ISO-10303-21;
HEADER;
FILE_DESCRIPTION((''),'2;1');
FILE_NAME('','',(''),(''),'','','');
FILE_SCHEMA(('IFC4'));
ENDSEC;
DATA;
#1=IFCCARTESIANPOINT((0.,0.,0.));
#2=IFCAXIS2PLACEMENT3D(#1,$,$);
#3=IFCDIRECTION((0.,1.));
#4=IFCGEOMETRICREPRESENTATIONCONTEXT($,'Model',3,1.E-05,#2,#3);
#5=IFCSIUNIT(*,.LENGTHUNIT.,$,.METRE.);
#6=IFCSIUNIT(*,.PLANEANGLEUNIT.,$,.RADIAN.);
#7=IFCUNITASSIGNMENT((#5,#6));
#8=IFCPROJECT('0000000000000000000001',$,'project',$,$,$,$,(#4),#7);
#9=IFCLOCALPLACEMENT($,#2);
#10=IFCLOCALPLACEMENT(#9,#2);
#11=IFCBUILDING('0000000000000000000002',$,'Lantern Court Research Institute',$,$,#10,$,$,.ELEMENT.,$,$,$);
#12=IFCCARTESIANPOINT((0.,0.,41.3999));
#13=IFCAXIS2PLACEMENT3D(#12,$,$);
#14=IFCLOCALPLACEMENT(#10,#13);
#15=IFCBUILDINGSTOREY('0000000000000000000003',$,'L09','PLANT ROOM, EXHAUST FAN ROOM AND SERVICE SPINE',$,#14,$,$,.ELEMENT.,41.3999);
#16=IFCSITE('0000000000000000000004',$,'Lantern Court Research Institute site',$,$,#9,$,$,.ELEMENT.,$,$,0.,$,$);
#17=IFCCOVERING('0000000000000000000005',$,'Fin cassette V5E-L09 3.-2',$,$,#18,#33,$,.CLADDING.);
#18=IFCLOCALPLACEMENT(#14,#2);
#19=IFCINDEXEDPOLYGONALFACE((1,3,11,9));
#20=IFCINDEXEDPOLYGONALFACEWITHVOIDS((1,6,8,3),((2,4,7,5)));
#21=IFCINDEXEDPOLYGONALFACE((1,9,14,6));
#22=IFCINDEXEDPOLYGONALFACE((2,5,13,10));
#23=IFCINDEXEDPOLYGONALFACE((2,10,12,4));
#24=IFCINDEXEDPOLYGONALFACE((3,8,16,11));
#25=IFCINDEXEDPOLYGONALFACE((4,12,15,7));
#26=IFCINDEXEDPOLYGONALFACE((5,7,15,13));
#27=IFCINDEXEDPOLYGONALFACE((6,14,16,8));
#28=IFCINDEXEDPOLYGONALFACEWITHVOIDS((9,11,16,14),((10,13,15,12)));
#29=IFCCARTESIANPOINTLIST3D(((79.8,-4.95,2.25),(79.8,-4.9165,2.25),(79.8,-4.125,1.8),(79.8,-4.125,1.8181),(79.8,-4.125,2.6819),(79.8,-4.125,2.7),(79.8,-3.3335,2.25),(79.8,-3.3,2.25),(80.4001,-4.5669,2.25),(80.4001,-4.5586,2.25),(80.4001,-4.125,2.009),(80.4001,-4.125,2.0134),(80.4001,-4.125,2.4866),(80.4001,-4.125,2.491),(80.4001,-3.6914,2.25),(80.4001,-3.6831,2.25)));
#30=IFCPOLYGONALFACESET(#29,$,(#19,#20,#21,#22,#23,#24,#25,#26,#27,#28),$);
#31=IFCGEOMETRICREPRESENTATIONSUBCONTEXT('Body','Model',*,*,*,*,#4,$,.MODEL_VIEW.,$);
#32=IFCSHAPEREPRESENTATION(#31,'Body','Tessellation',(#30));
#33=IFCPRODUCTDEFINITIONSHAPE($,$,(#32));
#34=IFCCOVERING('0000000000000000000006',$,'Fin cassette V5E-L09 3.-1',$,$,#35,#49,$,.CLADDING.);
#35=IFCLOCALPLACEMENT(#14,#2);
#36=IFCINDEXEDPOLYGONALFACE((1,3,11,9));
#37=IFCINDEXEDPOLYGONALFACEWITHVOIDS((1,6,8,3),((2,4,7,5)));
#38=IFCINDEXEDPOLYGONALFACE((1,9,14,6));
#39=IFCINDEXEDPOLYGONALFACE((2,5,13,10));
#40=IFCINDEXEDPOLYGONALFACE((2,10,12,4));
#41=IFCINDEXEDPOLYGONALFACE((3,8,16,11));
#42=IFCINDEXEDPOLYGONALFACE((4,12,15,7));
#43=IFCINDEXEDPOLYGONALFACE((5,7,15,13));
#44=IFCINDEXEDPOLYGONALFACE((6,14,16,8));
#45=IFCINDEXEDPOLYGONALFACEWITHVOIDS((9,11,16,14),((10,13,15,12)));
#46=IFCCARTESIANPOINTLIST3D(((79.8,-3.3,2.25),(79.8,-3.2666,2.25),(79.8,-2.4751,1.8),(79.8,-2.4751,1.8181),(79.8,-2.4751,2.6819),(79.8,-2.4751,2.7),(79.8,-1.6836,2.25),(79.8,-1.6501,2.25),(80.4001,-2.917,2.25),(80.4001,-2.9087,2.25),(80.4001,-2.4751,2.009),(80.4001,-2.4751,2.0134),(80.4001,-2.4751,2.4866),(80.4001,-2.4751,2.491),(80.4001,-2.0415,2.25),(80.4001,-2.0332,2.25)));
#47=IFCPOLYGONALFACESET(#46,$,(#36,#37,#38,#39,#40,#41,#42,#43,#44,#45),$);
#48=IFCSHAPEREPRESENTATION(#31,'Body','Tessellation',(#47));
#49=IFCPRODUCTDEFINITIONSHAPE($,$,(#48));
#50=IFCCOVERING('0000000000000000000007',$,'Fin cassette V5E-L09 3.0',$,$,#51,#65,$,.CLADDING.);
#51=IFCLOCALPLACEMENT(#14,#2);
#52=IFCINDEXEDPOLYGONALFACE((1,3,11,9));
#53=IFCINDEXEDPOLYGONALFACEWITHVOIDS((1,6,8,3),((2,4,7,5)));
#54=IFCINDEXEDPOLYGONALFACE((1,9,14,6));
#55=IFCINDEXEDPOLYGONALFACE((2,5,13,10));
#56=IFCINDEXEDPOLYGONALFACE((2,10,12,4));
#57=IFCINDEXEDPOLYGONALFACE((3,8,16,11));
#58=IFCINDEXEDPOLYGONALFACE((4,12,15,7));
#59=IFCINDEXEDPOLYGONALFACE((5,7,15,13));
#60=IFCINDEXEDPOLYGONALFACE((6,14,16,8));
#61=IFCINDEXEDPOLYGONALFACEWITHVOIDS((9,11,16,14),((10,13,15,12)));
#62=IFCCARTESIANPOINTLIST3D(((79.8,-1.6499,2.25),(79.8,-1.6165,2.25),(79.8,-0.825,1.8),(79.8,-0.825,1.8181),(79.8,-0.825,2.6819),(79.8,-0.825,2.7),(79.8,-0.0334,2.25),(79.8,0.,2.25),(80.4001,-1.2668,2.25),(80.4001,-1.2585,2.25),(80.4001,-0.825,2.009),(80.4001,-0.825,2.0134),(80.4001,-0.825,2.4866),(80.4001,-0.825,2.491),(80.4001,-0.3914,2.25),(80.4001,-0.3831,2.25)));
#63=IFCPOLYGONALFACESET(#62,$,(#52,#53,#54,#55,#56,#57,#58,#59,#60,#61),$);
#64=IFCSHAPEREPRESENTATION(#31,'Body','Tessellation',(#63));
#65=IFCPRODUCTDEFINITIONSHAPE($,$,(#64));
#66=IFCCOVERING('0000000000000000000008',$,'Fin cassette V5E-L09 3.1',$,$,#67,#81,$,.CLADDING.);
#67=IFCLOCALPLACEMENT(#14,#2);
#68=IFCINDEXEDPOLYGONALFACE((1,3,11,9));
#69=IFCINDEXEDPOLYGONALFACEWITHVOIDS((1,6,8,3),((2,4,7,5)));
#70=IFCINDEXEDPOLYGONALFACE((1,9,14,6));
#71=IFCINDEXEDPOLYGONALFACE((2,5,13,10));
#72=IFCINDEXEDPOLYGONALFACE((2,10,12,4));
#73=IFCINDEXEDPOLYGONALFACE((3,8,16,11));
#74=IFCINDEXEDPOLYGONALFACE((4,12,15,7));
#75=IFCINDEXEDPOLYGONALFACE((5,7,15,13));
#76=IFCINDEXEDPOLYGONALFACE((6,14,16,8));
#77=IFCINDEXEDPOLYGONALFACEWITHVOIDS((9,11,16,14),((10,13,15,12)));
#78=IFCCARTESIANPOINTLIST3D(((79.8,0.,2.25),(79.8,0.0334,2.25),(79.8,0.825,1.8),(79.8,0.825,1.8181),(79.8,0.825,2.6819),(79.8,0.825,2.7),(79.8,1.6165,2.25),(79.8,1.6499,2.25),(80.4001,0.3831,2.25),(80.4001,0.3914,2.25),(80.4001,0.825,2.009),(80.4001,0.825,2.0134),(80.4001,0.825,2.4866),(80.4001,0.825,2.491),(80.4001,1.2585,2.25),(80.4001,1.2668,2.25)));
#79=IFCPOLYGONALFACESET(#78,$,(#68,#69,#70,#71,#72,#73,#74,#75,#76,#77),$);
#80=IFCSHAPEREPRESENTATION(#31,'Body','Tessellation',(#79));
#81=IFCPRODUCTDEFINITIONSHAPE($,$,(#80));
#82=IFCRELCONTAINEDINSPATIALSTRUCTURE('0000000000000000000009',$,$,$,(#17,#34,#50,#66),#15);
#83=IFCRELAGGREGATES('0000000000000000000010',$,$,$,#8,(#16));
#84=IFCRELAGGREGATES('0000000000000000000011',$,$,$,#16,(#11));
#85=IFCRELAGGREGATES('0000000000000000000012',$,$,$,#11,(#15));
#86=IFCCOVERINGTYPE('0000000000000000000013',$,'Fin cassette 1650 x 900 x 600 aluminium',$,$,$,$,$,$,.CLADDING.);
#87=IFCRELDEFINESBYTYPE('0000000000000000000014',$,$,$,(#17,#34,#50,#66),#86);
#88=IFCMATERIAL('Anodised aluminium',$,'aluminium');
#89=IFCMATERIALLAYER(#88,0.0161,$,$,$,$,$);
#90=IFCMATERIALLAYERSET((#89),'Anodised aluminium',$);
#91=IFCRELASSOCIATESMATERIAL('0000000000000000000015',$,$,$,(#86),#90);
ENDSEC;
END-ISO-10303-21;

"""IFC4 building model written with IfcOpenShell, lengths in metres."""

from ifc_helpers import new_model, entity, si_unit, direction, frame, origin, place, context, subcontext, project, spatial, material, layer, layer_set, type_object, element, save


model = new_model("IFC4")

# Units and contexts
model_context = context("Model", 3, precision=1e-05, world=origin(), true_north=direction((0.0, 1.0)))
body_context = subcontext(model_context, "Body", "Model", "MODEL_VIEW")
ifc_project = project(units=[si_unit("LENGTHUNIT", "METRE"), si_unit("PLANEANGLEUNIT", "RADIAN")], contexts=[model_context])

# Site, building, storey
site_placement = place(None, origin())
site = spatial("IfcSite", under=ifc_project, at=site_placement, Name="Lantern Court Research Institute site", CompositionType="ELEMENT", RefElevation=0.0)
building_placement = place(site_placement, origin())
building = spatial("IfcBuilding", under=site, at=building_placement, Name="Lantern Court Research Institute", CompositionType="ELEMENT")
storey_placement = place(building_placement, frame((0.0, 0.0, 41.3999)))
storey = spatial("IfcBuildingStorey", under=building, at=storey_placement, Name="L09", Description="PLANT ROOM, EXHAUST FAN ROOM AND SERVICE SPINE", CompositionType="ELEMENT", Elevation=41.3999)

# Coverings
ifc_material_1 = material(Name="Anodised aluminium", Category="aluminium")
ifc_layer_1 = layer(ifc_material_1, 0.0161)
ifc_layer_set_1 = layer_set([ifc_layer_1], Name="Anodised aluminium")
covering_type = type_object("IfcCoveringType", Name="Fin cassette 1650 x 900 x 600 aluminium", PredefinedType="CLADDING", material=ifc_layer_set_1)
covering_1_placement = place(storey_placement, frame((79.8, -4.125, 2.25), z_axis=(1.0, 0.0, 0.0), x_axis=(0.0, 1.0, 0.0)))
cartesian_point_1 = entity("IfcCartesianPoint", [0.825, 0.0])
cartesian_point_2 = entity("IfcCartesianPoint", [0.7915, 0.0])
cartesian_point_3 = entity("IfcCartesianPoint", [0.4419, 0.0])
cartesian_point_4 = entity("IfcCartesianPoint", [0.4336, 0.0])
element("IfcCovering", 1, at=covering_1_placement, inside=storey, type_object=covering_type, Name="Fin cassette V5E-L09 3.-2", PredefinedType="CLADDING", context=body_context, shape_type="SweptSolid", body=[
    entity("IfcExtrudedAreaSolidTapered", entity("IfcArbitraryProfileDefWithVoids", "AREA", None, entity("IfcPolyline", [cartesian_point_1, entity("IfcCartesianPoint", [0.0, 0.45]), entity("IfcCartesianPoint", [-0.825, 0.0]), entity("IfcCartesianPoint", [0.0, -0.45]), cartesian_point_1]), [entity("IfcPolyline", [cartesian_point_2, entity("IfcCartesianPoint", [0.0, 0.4319]), entity("IfcCartesianPoint", [-0.7915, 0.0]), entity("IfcCartesianPoint", [0.0, -0.4319]), cartesian_point_2])]), entity("IfcAxis2Placement3D", entity("IfcCartesianPoint", [0.0, 0.0, 0.0])), entity("IfcDirection", [0.0, 0.0, 1.0]), 0.6001, entity("IfcArbitraryProfileDefWithVoids", "AREA", None, entity("IfcPolyline", [cartesian_point_3, entity("IfcCartesianPoint", [0.0, 0.241]), entity("IfcCartesianPoint", [-0.4419, 0.0]), entity("IfcCartesianPoint", [0.0, -0.241]), cartesian_point_3]), [entity("IfcPolyline", [cartesian_point_4, entity("IfcCartesianPoint", [0.0, 0.2366]), entity("IfcCartesianPoint", [-0.4336, 0.0]), entity("IfcCartesianPoint", [0.0, -0.2366]), cartesian_point_4])])),
])
covering_2_placement = place(storey_placement, frame((79.8, -2.4751, 2.25), z_axis=(1.0, 0.0, 0.0), x_axis=(0.0, 1.0, 0.0)))
cartesian_point_5 = entity("IfcCartesianPoint", [0.825, 0.0])
cartesian_point_6 = entity("IfcCartesianPoint", [0.7915, 0.0])
cartesian_point_7 = entity("IfcCartesianPoint", [0.4419, 0.0])
cartesian_point_8 = entity("IfcCartesianPoint", [0.4336, 0.0])
element("IfcCovering", 2, at=covering_2_placement, inside=storey, type_object=covering_type, Name="Fin cassette V5E-L09 3.-1", PredefinedType="CLADDING", context=body_context, shape_type="SweptSolid", body=[
    entity("IfcExtrudedAreaSolidTapered", entity("IfcArbitraryProfileDefWithVoids", "AREA", None, entity("IfcPolyline", [cartesian_point_5, entity("IfcCartesianPoint", [0.0, 0.45]), entity("IfcCartesianPoint", [-0.825, 0.0]), entity("IfcCartesianPoint", [0.0, -0.45]), cartesian_point_5]), [entity("IfcPolyline", [cartesian_point_6, entity("IfcCartesianPoint", [0.0, 0.4319]), entity("IfcCartesianPoint", [-0.7915, 0.0]), entity("IfcCartesianPoint", [0.0, -0.4319]), cartesian_point_6])]), entity("IfcAxis2Placement3D", entity("IfcCartesianPoint", [0.0, 0.0, 0.0])), entity("IfcDirection", [0.0, 0.0, 1.0]), 0.6001, entity("IfcArbitraryProfileDefWithVoids", "AREA", None, entity("IfcPolyline", [cartesian_point_7, entity("IfcCartesianPoint", [0.0, 0.241]), entity("IfcCartesianPoint", [-0.4419, 0.0]), entity("IfcCartesianPoint", [0.0, -0.241]), cartesian_point_7]), [entity("IfcPolyline", [cartesian_point_8, entity("IfcCartesianPoint", [0.0, 0.2366]), entity("IfcCartesianPoint", [-0.4336, 0.0]), entity("IfcCartesianPoint", [0.0, -0.2366]), cartesian_point_8])])),
])
covering_3_placement = place(storey_placement, frame((79.8, -0.825, 2.25), z_axis=(1.0, 0.0, 0.0), x_axis=(0.0, 1.0, 0.0)))
cartesian_point_9 = entity("IfcCartesianPoint", [0.825, 0.0])
cartesian_point_10 = entity("IfcCartesianPoint", [0.7915, 0.0])
cartesian_point_11 = entity("IfcCartesianPoint", [0.4419, 0.0])
cartesian_point_12 = entity("IfcCartesianPoint", [0.4336, 0.0])
element("IfcCovering", 3, at=covering_3_placement, inside=storey, type_object=covering_type, Name="Fin cassette V5E-L09 3.0", PredefinedType="CLADDING", context=body_context, shape_type="SweptSolid", body=[
    entity("IfcExtrudedAreaSolidTapered", entity("IfcArbitraryProfileDefWithVoids", "AREA", None, entity("IfcPolyline", [cartesian_point_9, entity("IfcCartesianPoint", [0.0, 0.45]), entity("IfcCartesianPoint", [-0.825, 0.0]), entity("IfcCartesianPoint", [0.0, -0.45]), cartesian_point_9]), [entity("IfcPolyline", [cartesian_point_10, entity("IfcCartesianPoint", [0.0, 0.4319]), entity("IfcCartesianPoint", [-0.7915, 0.0]), entity("IfcCartesianPoint", [0.0, -0.4319]), cartesian_point_10])]), entity("IfcAxis2Placement3D", entity("IfcCartesianPoint", [0.0, 0.0, 0.0])), entity("IfcDirection", [0.0, 0.0, 1.0]), 0.6001, entity("IfcArbitraryProfileDefWithVoids", "AREA", None, entity("IfcPolyline", [cartesian_point_11, entity("IfcCartesianPoint", [0.0, 0.241]), entity("IfcCartesianPoint", [-0.4419, 0.0]), entity("IfcCartesianPoint", [0.0, -0.241]), cartesian_point_11]), [entity("IfcPolyline", [cartesian_point_12, entity("IfcCartesianPoint", [0.0, 0.2366]), entity("IfcCartesianPoint", [-0.4336, 0.0]), entity("IfcCartesianPoint", [0.0, -0.2366]), cartesian_point_12])])),
])
covering_4_placement = place(storey_placement, frame((79.8, 0.825, 2.25), z_axis=(1.0, 0.0, 0.0), x_axis=(0.0, 1.0, 0.0)))
cartesian_point_13 = entity("IfcCartesianPoint", [0.825, 0.0])
cartesian_point_14 = entity("IfcCartesianPoint", [0.7915, 0.0])
cartesian_point_15 = entity("IfcCartesianPoint", [0.4419, 0.0])
cartesian_point_16 = entity("IfcCartesianPoint", [0.4336, 0.0])
element("IfcCovering", 4, at=covering_4_placement, inside=storey, type_object=covering_type, Name="Fin cassette V5E-L09 3.1", PredefinedType="CLADDING", context=body_context, shape_type="SweptSolid", body=[
    entity("IfcExtrudedAreaSolidTapered", entity("IfcArbitraryProfileDefWithVoids", "AREA", None, entity("IfcPolyline", [cartesian_point_13, entity("IfcCartesianPoint", [0.0, 0.45]), entity("IfcCartesianPoint", [-0.825, 0.0]), entity("IfcCartesianPoint", [0.0, -0.45]), cartesian_point_13]), [entity("IfcPolyline", [cartesian_point_14, entity("IfcCartesianPoint", [0.0, 0.4319]), entity("IfcCartesianPoint", [-0.7915, 0.0]), entity("IfcCartesianPoint", [0.0, -0.4319]), cartesian_point_14])]), entity("IfcAxis2Placement3D", entity("IfcCartesianPoint", [0.0, 0.0, 0.0])), entity("IfcDirection", [0.0, 0.0, 1.0]), 0.6001, entity("IfcArbitraryProfileDefWithVoids", "AREA", None, entity("IfcPolyline", [cartesian_point_15, entity("IfcCartesianPoint", [0.0, 0.241]), entity("IfcCartesianPoint", [-0.4419, 0.0]), entity("IfcCartesianPoint", [0.0, -0.241]), cartesian_point_15]), [entity("IfcPolyline", [cartesian_point_16, entity("IfcCartesianPoint", [0.0, 0.2366]), entity("IfcCartesianPoint", [-0.4336, 0.0]), entity("IfcCartesianPoint", [0.0, -0.2366]), cartesian_point_16])])),
])

save(model, "model.ifc")
